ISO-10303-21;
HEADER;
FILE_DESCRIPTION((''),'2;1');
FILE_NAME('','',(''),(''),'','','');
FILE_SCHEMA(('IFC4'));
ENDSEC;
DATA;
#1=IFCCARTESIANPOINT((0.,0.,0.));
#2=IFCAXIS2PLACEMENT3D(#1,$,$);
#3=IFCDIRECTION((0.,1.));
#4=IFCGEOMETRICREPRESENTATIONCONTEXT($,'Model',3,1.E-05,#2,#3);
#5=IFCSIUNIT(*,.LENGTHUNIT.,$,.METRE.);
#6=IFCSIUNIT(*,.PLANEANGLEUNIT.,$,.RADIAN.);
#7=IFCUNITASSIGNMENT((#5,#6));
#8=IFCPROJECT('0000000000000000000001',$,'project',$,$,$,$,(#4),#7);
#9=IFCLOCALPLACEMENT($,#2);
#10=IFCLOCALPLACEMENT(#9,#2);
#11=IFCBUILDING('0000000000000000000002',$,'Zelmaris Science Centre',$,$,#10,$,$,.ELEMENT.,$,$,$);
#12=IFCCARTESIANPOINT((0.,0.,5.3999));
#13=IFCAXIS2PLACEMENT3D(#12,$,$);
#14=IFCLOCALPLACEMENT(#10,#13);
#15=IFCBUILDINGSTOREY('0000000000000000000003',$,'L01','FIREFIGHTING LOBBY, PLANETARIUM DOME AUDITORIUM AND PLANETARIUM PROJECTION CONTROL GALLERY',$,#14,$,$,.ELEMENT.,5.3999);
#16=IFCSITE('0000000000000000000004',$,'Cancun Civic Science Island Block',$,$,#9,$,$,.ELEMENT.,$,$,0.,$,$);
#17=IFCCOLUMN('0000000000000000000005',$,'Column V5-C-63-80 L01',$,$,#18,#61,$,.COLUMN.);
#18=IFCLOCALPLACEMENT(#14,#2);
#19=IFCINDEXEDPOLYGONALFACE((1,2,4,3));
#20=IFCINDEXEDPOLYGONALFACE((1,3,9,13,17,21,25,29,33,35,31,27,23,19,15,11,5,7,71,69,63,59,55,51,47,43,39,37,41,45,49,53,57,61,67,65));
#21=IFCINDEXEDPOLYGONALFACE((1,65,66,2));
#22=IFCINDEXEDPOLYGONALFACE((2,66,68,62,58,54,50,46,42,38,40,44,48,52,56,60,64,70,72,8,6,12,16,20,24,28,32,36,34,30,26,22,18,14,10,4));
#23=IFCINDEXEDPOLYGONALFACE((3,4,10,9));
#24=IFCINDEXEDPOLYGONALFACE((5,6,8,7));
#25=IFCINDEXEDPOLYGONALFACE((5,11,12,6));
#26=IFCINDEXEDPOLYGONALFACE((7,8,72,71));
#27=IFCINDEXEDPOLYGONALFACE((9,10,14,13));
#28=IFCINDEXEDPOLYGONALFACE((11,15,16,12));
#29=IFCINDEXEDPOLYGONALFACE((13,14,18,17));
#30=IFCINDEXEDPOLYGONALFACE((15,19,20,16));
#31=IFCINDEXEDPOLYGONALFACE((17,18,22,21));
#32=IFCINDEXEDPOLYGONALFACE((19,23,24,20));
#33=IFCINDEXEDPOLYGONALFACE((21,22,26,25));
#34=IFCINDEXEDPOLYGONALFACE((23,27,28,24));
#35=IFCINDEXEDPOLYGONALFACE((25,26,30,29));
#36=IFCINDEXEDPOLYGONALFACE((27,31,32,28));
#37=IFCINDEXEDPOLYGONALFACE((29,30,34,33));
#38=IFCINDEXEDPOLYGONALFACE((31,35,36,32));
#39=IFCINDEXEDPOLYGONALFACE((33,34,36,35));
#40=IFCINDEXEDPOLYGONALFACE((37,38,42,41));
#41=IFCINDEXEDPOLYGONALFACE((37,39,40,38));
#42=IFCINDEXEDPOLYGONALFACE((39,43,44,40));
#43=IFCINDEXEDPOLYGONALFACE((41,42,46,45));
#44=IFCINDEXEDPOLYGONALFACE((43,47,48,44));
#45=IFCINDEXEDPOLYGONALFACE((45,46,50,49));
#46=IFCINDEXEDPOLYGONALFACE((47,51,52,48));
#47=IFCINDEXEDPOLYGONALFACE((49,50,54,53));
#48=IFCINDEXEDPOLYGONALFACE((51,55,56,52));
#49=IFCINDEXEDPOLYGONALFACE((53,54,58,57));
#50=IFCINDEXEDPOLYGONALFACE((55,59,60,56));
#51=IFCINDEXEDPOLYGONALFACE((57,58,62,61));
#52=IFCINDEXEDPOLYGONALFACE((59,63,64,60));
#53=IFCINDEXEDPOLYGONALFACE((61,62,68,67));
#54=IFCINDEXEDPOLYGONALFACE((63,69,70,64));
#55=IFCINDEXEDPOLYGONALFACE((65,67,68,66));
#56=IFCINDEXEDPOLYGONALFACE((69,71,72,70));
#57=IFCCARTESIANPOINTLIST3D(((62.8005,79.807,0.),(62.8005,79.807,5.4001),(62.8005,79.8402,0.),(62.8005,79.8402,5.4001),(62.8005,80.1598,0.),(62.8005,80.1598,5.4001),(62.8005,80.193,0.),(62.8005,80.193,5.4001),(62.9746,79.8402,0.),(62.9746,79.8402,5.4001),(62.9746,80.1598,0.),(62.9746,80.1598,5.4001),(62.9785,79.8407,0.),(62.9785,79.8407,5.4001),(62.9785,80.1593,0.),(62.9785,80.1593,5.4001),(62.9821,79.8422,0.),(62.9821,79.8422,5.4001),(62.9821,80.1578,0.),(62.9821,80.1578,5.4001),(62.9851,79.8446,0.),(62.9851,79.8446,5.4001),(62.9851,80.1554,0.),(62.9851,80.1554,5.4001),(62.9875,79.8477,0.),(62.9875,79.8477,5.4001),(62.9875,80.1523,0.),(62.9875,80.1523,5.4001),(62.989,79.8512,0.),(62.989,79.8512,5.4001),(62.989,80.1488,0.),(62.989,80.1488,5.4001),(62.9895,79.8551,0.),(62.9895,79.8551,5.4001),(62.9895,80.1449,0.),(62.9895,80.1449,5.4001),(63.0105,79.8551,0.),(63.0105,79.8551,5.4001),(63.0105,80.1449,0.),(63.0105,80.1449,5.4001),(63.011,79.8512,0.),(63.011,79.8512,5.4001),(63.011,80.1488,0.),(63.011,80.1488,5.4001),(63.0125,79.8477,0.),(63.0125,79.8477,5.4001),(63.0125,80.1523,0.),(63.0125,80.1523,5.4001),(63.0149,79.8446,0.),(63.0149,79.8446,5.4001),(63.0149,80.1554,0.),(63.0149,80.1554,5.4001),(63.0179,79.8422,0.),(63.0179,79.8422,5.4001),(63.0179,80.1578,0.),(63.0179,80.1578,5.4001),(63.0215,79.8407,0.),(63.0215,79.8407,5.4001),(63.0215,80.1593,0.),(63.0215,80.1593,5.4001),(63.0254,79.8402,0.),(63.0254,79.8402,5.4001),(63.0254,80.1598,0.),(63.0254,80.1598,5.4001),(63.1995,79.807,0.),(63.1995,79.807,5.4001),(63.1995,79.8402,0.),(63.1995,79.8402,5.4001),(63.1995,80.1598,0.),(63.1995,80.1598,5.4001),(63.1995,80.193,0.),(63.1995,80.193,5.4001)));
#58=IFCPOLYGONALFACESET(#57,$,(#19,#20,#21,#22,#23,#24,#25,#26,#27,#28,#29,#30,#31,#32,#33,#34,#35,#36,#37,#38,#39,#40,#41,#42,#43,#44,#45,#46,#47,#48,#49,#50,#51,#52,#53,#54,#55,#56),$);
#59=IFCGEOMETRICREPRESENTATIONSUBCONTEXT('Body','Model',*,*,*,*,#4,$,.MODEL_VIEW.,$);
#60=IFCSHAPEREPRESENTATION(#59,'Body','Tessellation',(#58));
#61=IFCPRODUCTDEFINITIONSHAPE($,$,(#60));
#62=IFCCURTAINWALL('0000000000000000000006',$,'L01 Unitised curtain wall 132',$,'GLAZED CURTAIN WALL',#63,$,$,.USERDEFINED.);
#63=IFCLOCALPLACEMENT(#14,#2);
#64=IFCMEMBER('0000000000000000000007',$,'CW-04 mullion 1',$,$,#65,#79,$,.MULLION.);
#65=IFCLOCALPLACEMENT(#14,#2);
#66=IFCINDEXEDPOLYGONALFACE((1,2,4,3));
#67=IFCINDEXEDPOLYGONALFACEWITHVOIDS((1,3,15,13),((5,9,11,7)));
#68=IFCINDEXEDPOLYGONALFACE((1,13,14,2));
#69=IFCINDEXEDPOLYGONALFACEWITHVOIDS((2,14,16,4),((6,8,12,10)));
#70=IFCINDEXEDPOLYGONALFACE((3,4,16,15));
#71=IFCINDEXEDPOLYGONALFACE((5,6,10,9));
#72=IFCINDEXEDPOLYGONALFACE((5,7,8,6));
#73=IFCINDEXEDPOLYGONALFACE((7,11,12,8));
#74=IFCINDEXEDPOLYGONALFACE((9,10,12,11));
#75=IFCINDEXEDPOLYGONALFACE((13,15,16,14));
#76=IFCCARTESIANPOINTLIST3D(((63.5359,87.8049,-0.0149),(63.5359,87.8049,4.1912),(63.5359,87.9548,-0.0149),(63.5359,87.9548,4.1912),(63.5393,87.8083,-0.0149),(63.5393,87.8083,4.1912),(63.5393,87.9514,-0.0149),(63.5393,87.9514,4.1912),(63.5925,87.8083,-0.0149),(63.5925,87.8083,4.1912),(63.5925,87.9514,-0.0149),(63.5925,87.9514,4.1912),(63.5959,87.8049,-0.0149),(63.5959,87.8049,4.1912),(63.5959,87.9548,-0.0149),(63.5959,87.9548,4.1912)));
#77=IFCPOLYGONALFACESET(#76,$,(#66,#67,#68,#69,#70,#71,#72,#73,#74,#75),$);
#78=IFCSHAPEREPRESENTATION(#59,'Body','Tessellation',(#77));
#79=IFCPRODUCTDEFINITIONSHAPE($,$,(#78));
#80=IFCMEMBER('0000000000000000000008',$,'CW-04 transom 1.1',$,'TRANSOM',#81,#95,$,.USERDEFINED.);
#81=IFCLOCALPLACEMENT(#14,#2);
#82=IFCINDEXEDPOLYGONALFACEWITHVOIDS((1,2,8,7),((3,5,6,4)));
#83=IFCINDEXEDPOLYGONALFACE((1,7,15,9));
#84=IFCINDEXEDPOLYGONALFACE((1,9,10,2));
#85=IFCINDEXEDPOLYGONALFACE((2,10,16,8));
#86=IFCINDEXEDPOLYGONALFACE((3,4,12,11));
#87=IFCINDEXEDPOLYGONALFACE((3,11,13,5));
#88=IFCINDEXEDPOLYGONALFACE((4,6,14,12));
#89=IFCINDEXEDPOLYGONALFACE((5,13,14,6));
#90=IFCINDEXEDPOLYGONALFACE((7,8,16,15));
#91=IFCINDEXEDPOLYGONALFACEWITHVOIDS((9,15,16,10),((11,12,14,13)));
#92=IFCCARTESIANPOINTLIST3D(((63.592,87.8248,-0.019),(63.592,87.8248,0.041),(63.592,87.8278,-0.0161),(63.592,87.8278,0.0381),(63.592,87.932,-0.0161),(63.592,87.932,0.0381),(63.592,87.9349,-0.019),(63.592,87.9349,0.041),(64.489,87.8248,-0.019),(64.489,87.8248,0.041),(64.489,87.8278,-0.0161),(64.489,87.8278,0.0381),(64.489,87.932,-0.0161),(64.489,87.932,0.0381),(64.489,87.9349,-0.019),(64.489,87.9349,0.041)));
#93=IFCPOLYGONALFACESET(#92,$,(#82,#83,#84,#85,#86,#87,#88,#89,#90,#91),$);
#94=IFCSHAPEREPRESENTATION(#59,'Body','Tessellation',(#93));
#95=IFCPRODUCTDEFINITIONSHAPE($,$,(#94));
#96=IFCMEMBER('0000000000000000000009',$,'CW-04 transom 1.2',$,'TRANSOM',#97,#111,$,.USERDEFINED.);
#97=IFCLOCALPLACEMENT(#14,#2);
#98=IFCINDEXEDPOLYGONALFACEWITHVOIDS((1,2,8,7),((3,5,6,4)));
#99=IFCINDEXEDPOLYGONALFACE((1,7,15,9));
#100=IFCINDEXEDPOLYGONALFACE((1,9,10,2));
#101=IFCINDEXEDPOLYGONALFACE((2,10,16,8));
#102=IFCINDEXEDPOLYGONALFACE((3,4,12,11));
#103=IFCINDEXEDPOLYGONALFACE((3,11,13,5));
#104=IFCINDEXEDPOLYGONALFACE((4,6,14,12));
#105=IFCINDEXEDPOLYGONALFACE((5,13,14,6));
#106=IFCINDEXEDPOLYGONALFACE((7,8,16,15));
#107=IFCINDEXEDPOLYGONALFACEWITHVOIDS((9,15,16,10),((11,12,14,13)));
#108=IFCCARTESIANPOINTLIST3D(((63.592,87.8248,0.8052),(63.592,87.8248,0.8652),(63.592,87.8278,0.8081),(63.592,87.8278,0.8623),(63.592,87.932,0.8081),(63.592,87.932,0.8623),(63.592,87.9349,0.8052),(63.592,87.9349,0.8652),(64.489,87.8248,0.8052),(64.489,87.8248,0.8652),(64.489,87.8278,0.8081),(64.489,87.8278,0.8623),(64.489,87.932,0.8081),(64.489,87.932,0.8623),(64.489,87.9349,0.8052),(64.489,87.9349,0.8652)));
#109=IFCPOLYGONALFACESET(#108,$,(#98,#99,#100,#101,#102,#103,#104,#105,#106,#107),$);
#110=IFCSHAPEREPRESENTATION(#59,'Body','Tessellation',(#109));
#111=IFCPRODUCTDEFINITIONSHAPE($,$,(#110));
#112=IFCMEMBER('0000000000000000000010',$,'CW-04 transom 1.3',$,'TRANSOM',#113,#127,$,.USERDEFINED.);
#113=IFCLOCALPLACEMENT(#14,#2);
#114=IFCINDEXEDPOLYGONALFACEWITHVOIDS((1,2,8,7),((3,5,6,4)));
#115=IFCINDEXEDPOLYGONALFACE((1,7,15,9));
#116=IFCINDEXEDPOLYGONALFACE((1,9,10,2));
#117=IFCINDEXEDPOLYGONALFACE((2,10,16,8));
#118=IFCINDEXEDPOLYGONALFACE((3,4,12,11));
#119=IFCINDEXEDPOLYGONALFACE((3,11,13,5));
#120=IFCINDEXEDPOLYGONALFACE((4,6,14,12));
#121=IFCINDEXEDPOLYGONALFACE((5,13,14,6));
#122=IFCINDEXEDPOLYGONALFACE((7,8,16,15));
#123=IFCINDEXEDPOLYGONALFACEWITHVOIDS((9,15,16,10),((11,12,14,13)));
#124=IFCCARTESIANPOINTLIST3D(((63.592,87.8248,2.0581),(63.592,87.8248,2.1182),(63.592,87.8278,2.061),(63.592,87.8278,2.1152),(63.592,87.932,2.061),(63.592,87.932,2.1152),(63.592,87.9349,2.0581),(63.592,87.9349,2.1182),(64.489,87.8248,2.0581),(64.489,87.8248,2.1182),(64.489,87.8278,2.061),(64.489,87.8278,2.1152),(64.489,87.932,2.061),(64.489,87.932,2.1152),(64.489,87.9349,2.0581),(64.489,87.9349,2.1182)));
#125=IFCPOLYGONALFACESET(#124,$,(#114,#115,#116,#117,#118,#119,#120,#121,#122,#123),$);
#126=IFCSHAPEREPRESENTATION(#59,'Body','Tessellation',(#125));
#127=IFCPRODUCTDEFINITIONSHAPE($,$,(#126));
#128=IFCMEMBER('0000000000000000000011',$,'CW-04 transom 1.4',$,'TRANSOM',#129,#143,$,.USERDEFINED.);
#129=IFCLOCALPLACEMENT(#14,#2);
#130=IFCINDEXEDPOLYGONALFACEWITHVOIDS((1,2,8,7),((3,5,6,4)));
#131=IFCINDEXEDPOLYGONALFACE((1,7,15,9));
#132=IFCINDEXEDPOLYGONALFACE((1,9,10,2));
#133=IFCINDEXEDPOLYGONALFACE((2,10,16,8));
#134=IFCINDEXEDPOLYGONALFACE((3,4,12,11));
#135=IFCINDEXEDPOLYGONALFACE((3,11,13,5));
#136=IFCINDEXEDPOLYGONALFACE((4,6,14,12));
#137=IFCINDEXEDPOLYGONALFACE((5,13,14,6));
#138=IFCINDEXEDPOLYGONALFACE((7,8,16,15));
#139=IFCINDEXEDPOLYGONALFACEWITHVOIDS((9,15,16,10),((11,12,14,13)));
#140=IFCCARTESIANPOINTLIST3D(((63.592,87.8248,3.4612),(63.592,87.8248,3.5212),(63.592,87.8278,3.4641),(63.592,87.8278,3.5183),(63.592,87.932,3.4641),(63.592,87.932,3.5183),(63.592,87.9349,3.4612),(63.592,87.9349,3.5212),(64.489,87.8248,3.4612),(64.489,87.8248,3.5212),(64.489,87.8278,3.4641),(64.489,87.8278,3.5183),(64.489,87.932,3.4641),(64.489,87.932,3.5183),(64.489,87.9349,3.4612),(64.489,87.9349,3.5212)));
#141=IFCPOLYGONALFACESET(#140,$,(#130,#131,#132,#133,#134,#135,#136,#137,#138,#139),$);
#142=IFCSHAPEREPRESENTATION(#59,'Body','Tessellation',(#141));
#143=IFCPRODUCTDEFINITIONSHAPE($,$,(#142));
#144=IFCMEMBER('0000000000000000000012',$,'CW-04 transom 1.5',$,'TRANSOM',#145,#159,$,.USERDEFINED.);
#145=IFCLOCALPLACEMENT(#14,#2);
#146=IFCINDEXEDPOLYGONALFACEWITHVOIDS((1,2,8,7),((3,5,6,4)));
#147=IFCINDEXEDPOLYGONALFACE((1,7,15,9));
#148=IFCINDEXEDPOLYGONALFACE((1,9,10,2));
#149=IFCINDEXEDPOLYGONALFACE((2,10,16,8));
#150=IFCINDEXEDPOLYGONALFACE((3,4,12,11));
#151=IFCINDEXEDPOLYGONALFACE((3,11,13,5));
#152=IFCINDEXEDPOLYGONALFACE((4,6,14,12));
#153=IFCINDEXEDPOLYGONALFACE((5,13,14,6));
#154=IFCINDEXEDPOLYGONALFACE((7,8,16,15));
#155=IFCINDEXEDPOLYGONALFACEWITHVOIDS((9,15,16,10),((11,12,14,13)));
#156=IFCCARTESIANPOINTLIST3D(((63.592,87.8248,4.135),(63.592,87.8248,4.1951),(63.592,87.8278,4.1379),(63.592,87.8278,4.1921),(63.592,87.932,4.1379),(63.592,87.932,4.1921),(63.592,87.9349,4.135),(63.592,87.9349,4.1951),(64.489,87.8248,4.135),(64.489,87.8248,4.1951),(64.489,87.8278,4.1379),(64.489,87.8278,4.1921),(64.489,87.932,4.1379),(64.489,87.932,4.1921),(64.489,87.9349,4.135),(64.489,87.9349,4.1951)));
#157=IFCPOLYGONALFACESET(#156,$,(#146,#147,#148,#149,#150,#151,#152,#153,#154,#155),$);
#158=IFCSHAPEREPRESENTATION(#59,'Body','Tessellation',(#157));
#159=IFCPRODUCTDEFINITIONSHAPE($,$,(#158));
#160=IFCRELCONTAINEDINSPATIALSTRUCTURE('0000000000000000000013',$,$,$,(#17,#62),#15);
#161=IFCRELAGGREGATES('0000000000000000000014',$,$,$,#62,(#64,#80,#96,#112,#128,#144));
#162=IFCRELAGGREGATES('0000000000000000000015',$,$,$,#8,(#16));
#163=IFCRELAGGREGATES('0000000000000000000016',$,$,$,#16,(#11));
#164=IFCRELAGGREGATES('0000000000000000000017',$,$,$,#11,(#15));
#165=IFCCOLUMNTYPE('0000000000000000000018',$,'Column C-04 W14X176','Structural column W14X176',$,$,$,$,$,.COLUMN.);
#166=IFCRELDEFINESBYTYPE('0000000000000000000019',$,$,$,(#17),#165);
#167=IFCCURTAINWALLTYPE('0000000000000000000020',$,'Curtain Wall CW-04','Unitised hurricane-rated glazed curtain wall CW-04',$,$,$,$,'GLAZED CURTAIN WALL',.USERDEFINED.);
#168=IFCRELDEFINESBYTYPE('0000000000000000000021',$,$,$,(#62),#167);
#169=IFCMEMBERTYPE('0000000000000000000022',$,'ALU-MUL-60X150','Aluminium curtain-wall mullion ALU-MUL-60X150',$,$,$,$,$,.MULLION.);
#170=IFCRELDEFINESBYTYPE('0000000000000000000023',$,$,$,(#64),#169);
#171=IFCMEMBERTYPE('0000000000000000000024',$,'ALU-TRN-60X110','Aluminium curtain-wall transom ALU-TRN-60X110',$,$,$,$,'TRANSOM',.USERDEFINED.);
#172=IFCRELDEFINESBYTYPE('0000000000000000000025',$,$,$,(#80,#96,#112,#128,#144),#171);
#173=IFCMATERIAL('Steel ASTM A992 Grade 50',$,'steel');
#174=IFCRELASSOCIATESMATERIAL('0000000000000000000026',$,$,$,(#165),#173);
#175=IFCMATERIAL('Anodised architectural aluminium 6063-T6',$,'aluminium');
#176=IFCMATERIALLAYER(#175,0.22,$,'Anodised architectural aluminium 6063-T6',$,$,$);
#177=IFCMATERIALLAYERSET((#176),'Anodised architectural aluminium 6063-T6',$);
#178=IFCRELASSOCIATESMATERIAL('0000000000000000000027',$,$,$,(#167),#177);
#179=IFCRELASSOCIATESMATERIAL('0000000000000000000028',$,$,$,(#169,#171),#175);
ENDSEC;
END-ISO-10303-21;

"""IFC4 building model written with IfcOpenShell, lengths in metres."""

from ifc_helpers import new_model, si_unit, direction, frame, origin, origin_2d, place, context, subcontext, project, spatial, hollow_rectangle, i_section, extrude, material, layer, layer_set, material_profile, profile_set, type_object, element, aggregate, save


model = new_model("IFC4")

# Units and contexts
model_context = context("Model", 3, precision=1e-05, world=origin(), true_north=direction((0.0, 1.0)))
body_context = subcontext(model_context, "Body", "Model", "MODEL_VIEW")
ifc_project = project(units=[si_unit("LENGTHUNIT", "METRE"), si_unit("PLANEANGLEUNIT", "RADIAN")], contexts=[model_context])

# Site, building, storey
site_placement = place(None, origin())
site = spatial("IfcSite", under=ifc_project, at=site_placement, Name="Cancun Civic Science Island Block", CompositionType="ELEMENT", RefElevation=0.0)
building_placement = place(site_placement, origin())
building = spatial("IfcBuilding", under=site, at=building_placement, Name="Zelmaris Science Centre", CompositionType="ELEMENT")
storey_placement = place(building_placement, frame((0.0, 0.0, 5.3999)))
storey = spatial("IfcBuildingStorey", under=building, at=storey_placement, Name="L01", Description="FIREFIGHTING LOBBY, PLANETARIUM DOME AUDITORIUM AND PLANETARIUM PROJECTION CONTROL GALLERY", CompositionType="ELEMENT", Elevation=5.3999)

# Column
ifc_material_1 = material(Name="Steel ASTM A992 Grade 50", Category="steel")
ifc_material_profile_1 = material_profile(ifc_material_1, i_section(OverallWidth=0.3989, OverallDepth=0.386, WebThickness=0.021, FlangeThickness=0.0332, FilletRadius=0.0149, at=origin_2d()), Name="W14X176")
ifc_profile_set_1 = profile_set([ifc_material_profile_1], Name="Steel ASTM A992 Grade 50")
column_type = type_object("IfcColumnType", Name="Column C-04 W14X176", Description="Structural column W14X176", PredefinedType="COLUMN", material=ifc_profile_set_1)
column_placement = place(storey_placement, frame((63.0, 80.0, 0.0), z_axis=(0.0, 0.0, 1.0), x_axis=(1.0, 0.0, 0.0)))
element("IfcColumn", 1, at=column_placement, inside=storey, type_object=column_type, Name="Column V5-C-63-80 L01", PredefinedType="COLUMN", context=body_context, shape_type="SweptSolid", body=[
    extrude(i_section(OverallWidth=0.3989, OverallDepth=0.386, WebThickness=0.021, FlangeThickness=0.0332, FilletRadius=0.0149, at=origin_2d()), origin(), (0.0, 0.0, 1.0), 5.4001),
])

# Curtain wall, members
ifc_material_2 = material(Name="Anodised architectural aluminium 6063-T6", Category="aluminium")
ifc_layer_1 = layer(ifc_material_2, 0.22, Name="Anodised architectural aluminium 6063-T6")
ifc_layer_set_1 = layer_set([ifc_layer_1], Name="Anodised architectural aluminium 6063-T6")
curtain_wall_type = type_object("IfcCurtainWallType", Name="Curtain Wall CW-04", Description="Unitised hurricane-rated glazed curtain wall CW-04", ElementType="GLAZED CURTAIN WALL", PredefinedType="USERDEFINED", material=ifc_layer_set_1)
curtain_wall_placement = place(storey_placement, origin())
curtain_wall = element("IfcCurtainWall", 2, at=curtain_wall_placement, inside=storey, type_object=curtain_wall_type, Name="L01 Unitised curtain wall 132", ObjectType="GLAZED CURTAIN WALL", PredefinedType="USERDEFINED")
ifc_material_profile_2 = material_profile(ifc_material_2, hollow_rectangle(XDim=0.0601, YDim=0.1499, WallThickness=0.0034, at=origin_2d()), Name="ALU-MUL-60X150")
ifc_profile_set_2 = profile_set([ifc_material_profile_2], Name="Anodised architectural aluminium 6063-T6")
member_type_1 = type_object("IfcMemberType", Name="ALU-MUL-60X150", Description="Aluminium curtain-wall mullion ALU-MUL-60X150", PredefinedType="MULLION", material=ifc_profile_set_2)
member_1_placement = place(storey_placement, frame((63.5659, 87.8799, -0.0149), z_axis=(0.0, 0.0, 1.0), x_axis=(1.0, 0.0, 0.0)))
member_1 = element("IfcMember", 3, at=member_1_placement, type_object=member_type_1, Name="CW-04 mullion 1", PredefinedType="MULLION", context=body_context, shape_type="SweptSolid", body=[
    extrude(hollow_rectangle(XDim=0.0601, YDim=0.1499, WallThickness=0.0034, at=origin_2d()), origin(), (0.0, 0.0, 1.0), 4.2061),
])
ifc_material_profile_3 = material_profile(ifc_material_2, hollow_rectangle(XDim=0.0601, YDim=0.1101, WallThickness=0.0029, at=origin_2d()), Name="ALU-TRN-60X110")
ifc_profile_set_3 = profile_set([ifc_material_profile_3], Name="Anodised architectural aluminium 6063-T6")
member_type_2 = type_object("IfcMemberType", Name="ALU-TRN-60X110", Description="Aluminium curtain-wall transom ALU-TRN-60X110", ElementType="TRANSOM", PredefinedType="USERDEFINED", material=ifc_profile_set_3)
member_2_placement = place(storey_placement, frame((63.592, 87.8799, 0.011), z_axis=(1.0, 0.0, 0.0), x_axis=(0.0, 0.0, 1.0)))
member_2 = element("IfcMember", 4, at=member_2_placement, type_object=member_type_2, Name="CW-04 transom 1.1", ObjectType="TRANSOM", PredefinedType="USERDEFINED", context=body_context, shape_type="SweptSolid", body=[
    extrude(hollow_rectangle(XDim=0.0601, YDim=0.1101, WallThickness=0.0029, at=origin_2d()), origin(), (0.0, 0.0, 1.0), 0.897),
])
member_3_placement = place(storey_placement, frame((63.592, 87.8799, 0.8352), z_axis=(1.0, 0.0, 0.0), x_axis=(0.0, 0.0, 1.0)))
member_3 = element("IfcMember", 5, at=member_3_placement, type_object=member_type_2, Name="CW-04 transom 1.2", ObjectType="TRANSOM", PredefinedType="USERDEFINED", context=body_context, shape_type="SweptSolid", body=[
    extrude(hollow_rectangle(XDim=0.0601, YDim=0.1101, WallThickness=0.0029, at=origin_2d()), origin(), (0.0, 0.0, 1.0), 0.897),
])
member_4_placement = place(storey_placement, frame((63.592, 87.8799, 2.0881), z_axis=(1.0, 0.0, 0.0), x_axis=(0.0, 0.0, 1.0)))
member_4 = element("IfcMember", 6, at=member_4_placement, type_object=member_type_2, Name="CW-04 transom 1.3", ObjectType="TRANSOM", PredefinedType="USERDEFINED", context=body_context, shape_type="SweptSolid", body=[
    extrude(hollow_rectangle(XDim=0.0601, YDim=0.1101, WallThickness=0.0029, at=origin_2d()), origin(), (0.0, 0.0, 1.0), 0.897),
])
member_5_placement = place(storey_placement, frame((63.592, 87.8799, 3.4912), z_axis=(1.0, 0.0, 0.0), x_axis=(0.0, 0.0, 1.0)))
member_5 = element("IfcMember", 7, at=member_5_placement, type_object=member_type_2, Name="CW-04 transom 1.4", ObjectType="TRANSOM", PredefinedType="USERDEFINED", context=body_context, shape_type="SweptSolid", body=[
    extrude(hollow_rectangle(XDim=0.0601, YDim=0.1101, WallThickness=0.0029, at=origin_2d()), origin(), (0.0, 0.0, 1.0), 0.897),
])
member_6_placement = place(storey_placement, frame((63.592, 87.8799, 4.165), z_axis=(1.0, 0.0, 0.0), x_axis=(0.0, 0.0, 1.0)))
member_6 = element("IfcMember", 8, at=member_6_placement, type_object=member_type_2, Name="CW-04 transom 1.5", ObjectType="TRANSOM", PredefinedType="USERDEFINED", context=body_context, shape_type="SweptSolid", body=[
    extrude(hollow_rectangle(XDim=0.0601, YDim=0.1101, WallThickness=0.0029, at=origin_2d()), origin(), (0.0, 0.0, 1.0), 0.897),
])

aggregate(curtain_wall, [member_1, member_2, member_3, member_4, member_5, member_6])

save(model, "model.ifc")
